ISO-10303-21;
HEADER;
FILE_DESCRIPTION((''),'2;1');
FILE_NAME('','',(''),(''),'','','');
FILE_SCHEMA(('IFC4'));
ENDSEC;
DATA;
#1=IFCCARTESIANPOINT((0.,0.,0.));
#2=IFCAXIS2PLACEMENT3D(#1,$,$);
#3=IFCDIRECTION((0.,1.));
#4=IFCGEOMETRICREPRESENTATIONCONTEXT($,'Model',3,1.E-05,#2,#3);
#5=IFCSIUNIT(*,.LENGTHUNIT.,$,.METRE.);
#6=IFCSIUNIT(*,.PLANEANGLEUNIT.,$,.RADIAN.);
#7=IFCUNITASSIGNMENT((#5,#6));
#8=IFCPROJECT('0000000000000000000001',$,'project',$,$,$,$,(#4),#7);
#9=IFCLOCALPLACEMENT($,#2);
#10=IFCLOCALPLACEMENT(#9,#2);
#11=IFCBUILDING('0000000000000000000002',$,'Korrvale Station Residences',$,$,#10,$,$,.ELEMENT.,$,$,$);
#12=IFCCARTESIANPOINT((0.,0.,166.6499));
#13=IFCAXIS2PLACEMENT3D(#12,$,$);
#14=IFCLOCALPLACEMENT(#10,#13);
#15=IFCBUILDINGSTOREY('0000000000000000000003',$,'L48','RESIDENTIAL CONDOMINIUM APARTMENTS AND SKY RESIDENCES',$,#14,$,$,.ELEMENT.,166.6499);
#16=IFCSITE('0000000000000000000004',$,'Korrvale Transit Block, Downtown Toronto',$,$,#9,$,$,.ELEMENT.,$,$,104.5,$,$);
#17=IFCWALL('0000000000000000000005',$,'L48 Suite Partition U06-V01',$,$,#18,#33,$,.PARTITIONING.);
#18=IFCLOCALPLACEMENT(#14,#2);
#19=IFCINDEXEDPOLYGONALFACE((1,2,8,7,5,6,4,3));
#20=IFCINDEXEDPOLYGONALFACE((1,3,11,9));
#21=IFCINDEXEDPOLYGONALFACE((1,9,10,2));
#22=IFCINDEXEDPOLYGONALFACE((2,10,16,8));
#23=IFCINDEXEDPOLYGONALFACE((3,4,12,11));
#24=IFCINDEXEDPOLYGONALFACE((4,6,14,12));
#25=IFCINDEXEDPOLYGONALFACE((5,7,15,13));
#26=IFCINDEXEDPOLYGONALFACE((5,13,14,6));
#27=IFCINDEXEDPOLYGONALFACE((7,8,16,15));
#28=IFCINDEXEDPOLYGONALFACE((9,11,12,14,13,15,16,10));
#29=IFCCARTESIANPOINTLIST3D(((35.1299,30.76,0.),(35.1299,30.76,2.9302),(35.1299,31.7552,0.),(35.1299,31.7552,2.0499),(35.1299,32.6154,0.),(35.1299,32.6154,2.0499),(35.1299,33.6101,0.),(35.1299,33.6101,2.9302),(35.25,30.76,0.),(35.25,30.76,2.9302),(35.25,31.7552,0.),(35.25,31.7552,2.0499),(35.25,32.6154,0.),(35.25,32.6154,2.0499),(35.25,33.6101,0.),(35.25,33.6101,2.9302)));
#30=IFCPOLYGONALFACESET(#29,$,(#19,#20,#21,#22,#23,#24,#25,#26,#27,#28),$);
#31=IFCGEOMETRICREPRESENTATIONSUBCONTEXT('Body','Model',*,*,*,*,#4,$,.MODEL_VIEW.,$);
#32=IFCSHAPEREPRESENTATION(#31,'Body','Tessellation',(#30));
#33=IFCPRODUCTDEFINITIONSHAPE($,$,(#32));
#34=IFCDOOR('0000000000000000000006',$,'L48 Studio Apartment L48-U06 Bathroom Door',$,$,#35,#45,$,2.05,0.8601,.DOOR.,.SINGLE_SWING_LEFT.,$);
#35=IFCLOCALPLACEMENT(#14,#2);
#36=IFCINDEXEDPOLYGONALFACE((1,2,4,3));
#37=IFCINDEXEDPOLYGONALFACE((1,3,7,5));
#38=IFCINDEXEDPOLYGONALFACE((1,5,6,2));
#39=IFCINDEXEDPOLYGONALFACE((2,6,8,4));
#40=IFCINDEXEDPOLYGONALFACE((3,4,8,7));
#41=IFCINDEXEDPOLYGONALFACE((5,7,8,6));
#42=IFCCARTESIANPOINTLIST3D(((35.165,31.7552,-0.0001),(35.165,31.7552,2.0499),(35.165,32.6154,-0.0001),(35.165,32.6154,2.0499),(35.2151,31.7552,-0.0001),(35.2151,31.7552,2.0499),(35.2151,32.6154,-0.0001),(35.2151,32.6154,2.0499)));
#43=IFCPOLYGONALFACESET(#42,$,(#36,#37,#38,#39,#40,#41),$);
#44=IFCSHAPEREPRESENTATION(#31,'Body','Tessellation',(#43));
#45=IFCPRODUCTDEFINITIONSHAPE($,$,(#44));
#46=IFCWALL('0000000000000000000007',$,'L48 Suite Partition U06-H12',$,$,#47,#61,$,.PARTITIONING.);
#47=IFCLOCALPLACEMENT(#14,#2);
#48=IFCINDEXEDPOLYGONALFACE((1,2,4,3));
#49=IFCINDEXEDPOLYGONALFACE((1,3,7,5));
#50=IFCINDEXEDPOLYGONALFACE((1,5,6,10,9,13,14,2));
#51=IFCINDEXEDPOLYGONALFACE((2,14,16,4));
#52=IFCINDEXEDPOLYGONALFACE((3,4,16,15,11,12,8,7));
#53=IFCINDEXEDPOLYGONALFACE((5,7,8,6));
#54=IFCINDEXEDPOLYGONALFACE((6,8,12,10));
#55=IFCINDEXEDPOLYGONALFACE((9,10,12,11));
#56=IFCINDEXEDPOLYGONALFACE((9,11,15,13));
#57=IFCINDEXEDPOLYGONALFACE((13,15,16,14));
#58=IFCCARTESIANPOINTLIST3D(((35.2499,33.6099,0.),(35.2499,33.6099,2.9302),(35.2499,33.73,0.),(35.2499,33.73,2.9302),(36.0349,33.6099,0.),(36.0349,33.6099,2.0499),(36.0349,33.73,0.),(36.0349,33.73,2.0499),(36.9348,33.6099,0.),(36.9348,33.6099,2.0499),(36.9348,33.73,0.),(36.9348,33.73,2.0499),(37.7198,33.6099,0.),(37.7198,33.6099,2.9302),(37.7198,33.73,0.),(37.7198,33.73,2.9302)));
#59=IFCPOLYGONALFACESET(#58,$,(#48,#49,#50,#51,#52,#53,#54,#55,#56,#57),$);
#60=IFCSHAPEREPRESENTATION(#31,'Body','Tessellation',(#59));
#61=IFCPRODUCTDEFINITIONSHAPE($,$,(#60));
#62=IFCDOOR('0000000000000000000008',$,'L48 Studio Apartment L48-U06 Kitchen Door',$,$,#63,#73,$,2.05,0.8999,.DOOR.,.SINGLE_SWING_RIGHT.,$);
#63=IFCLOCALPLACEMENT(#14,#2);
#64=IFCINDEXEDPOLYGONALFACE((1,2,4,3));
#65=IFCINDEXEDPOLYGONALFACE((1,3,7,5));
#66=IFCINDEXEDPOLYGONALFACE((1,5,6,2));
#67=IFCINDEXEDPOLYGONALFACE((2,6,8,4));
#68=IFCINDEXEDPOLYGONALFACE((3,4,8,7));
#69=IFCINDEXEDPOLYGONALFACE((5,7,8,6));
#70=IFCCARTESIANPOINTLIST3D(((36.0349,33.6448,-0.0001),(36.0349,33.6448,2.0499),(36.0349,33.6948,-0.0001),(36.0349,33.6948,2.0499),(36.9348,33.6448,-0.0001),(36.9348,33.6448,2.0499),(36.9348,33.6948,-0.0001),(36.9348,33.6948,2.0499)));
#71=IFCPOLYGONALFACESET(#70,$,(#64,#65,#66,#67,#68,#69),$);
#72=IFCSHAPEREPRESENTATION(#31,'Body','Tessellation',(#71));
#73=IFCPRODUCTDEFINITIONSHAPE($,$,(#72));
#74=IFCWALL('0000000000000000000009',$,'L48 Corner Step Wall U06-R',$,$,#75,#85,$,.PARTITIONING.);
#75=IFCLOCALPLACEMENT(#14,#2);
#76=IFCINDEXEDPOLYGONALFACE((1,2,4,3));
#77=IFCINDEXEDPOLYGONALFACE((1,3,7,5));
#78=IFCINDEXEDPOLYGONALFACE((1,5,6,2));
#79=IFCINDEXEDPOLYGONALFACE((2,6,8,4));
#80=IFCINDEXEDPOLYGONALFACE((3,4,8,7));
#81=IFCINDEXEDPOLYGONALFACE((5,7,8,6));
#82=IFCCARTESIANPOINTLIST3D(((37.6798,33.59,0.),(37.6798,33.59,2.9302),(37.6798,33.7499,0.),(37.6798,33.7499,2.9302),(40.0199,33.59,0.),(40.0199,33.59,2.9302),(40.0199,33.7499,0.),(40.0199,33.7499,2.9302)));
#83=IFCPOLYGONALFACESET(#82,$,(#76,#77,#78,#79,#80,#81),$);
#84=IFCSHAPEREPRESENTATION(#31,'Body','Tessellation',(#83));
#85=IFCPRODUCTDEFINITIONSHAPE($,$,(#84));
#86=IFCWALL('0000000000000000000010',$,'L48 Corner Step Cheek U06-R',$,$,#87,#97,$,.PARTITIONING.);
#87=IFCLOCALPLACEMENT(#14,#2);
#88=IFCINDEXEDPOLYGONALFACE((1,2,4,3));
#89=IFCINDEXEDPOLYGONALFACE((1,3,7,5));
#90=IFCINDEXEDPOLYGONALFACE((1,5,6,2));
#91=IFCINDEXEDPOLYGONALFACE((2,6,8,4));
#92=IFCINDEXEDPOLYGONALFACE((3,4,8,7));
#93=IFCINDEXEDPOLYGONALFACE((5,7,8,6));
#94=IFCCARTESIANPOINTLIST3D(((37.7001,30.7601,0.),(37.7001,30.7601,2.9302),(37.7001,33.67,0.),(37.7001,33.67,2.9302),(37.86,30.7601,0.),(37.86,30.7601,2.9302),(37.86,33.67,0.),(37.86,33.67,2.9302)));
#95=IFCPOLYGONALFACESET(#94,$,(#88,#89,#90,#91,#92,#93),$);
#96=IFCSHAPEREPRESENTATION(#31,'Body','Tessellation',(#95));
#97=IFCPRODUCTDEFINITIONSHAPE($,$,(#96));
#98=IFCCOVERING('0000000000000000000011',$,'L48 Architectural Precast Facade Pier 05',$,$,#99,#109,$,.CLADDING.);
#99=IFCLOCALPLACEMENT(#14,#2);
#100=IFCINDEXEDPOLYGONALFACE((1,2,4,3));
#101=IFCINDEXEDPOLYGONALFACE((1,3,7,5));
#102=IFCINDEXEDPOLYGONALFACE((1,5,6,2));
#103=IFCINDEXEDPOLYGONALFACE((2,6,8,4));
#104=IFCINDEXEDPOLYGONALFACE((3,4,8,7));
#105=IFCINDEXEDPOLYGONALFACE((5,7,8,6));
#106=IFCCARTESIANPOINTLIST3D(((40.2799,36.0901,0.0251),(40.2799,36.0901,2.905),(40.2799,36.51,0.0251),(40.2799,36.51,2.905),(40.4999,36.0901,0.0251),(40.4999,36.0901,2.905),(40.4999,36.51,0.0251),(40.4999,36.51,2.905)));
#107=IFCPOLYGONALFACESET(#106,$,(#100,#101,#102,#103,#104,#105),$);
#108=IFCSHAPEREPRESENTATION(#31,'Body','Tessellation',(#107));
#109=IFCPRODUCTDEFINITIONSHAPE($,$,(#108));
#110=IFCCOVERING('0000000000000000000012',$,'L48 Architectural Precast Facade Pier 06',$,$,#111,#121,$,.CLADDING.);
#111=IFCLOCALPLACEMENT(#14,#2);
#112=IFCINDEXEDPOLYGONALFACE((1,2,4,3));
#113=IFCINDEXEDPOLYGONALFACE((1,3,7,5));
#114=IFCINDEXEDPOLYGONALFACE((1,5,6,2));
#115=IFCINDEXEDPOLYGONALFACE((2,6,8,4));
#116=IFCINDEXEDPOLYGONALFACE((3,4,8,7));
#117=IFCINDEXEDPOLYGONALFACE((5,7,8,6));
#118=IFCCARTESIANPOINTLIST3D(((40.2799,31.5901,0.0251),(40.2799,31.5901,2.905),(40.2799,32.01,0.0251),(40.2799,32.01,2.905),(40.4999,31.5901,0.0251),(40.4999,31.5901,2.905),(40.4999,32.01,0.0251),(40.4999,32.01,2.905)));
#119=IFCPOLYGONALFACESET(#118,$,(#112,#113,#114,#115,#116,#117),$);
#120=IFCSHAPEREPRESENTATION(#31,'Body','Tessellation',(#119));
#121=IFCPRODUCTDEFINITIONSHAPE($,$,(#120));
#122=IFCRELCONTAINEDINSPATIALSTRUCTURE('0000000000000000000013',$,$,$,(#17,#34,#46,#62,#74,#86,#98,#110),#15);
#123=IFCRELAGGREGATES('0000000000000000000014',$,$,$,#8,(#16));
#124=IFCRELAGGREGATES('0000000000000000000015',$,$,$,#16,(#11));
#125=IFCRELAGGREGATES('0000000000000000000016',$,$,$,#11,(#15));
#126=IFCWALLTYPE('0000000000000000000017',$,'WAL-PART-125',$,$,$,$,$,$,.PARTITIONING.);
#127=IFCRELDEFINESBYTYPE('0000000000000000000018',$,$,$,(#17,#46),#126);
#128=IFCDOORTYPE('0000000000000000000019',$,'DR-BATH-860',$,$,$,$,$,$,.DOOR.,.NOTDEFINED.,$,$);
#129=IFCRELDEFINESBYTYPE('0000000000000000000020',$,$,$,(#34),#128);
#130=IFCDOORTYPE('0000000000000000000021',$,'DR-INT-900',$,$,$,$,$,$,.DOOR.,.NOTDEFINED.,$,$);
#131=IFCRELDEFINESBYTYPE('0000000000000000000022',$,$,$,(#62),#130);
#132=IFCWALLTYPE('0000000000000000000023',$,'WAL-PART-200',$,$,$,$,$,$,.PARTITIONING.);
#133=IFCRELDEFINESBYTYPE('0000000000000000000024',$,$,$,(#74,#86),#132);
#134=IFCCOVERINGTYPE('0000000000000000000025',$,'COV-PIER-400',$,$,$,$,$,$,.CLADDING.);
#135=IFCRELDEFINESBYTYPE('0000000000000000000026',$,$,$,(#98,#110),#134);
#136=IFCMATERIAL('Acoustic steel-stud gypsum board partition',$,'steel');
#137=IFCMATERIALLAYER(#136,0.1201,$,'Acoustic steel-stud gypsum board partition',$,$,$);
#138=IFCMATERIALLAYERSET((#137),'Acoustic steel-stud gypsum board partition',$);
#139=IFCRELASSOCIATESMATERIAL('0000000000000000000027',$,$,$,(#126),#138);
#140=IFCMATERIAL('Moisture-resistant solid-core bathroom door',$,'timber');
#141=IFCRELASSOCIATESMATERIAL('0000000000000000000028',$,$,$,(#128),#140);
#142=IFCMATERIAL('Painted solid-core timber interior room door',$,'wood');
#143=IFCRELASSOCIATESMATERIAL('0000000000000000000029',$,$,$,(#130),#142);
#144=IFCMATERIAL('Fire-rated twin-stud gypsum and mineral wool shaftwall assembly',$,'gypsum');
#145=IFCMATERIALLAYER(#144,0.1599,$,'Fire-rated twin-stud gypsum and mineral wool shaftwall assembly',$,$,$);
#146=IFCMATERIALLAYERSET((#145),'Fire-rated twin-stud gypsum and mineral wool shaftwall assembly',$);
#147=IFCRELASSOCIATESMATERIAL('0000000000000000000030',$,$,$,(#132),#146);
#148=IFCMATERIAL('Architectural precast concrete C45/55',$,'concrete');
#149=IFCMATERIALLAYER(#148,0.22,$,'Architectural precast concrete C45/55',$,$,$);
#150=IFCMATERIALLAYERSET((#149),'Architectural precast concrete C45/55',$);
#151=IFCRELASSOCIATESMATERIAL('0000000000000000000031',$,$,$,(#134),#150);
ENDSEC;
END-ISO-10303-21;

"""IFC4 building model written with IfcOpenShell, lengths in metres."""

from ifc_helpers import new_model, si_unit, direction, frame, frame_2d, origin, origin_2d, place, context, subcontext, project, spatial, rectangle, extrude, material, layer, layer_set, type_object, element, fill, save


model = new_model("IFC4")

# Units and contexts
model_context = context("Model", 3, precision=1e-05, world=origin(), true_north=direction((0.0, 1.0)))
body_context = subcontext(model_context, "Body", "Model", "MODEL_VIEW")
ifc_project = project(units=[si_unit("LENGTHUNIT", "METRE"), si_unit("PLANEANGLEUNIT", "RADIAN")], contexts=[model_context])

# Site, building, storey
site_placement = place(None, origin())
site = spatial("IfcSite", under=ifc_project, at=site_placement, Name="Korrvale Transit Block, Downtown Toronto", CompositionType="ELEMENT", RefElevation=104.5)
building_placement = place(site_placement, origin())
building = spatial("IfcBuilding", under=site, at=building_placement, Name="Korrvale Station Residences", CompositionType="ELEMENT")
storey_placement = place(building_placement, frame((0.0, 0.0, 166.6499)))
storey = spatial("IfcBuildingStorey", under=building, at=storey_placement, Name="L48", Description="RESIDENTIAL CONDOMINIUM APARTMENTS AND SKY RESIDENCES", CompositionType="ELEMENT", Elevation=166.6499)

# Walls, openings, doors
ifc_material_1 = material(Name="Acoustic steel-stud gypsum board partition", Category="steel")
ifc_layer_1 = layer(ifc_material_1, 0.1201, Name="Acoustic steel-stud gypsum board partition")
ifc_layer_set_1 = layer_set([ifc_layer_1], Name="Acoustic steel-stud gypsum board partition")
wall_type_1 = type_object("IfcWallType", Name="WAL-PART-125", PredefinedType="PARTITIONING", material=ifc_layer_set_1)
wall_1_placement = place(storey_placement, frame((35.1899, 30.76, 0.0), z_axis=(0.0, 0.0, 1.0), x_axis=(0.0, 1.0, 0.0)))
wall_1 = element("IfcWall", 1, at=wall_1_placement, inside=storey, type_object=wall_type_1, Name="L48 Suite Partition U06-V01", PredefinedType="PARTITIONING", context=body_context, shape_type="SweptSolid", body=[
    extrude(rectangle(XDim=2.8501, YDim=0.1201, at=frame_2d((1.425, 0.0))), origin(), (0.0, 0.0, 1.0), 2.9302),
])
opening_1_placement = place(wall_1_placement, frame((0.9951, 0.0, 0.0)))
opening_1 = element("IfcOpeningElement", 2, at=opening_1_placement, cuts=wall_1, PredefinedType="OPENING", context=body_context, shape_type="SweptSolid", body=[
    extrude(rectangle(XDim=0.8601, YDim=2.05, at=frame_2d((0.4302, 1.0249))), frame((0.0, 0.0701, 0.0), z_axis=(0.0, -1.0, 0.0), x_axis=(1.0, 0.0, 0.0)), (0.0, 0.0, 1.0), 0.1401),
])
ifc_material_2 = material(Name="Moisture-resistant solid-core bathroom door", Category="timber")
door_type_1 = type_object("IfcDoorType", Name="DR-BATH-860", OperationType="NOTDEFINED", PredefinedType="DOOR", material=ifc_material_2)
door_1_placement = place(opening_1_placement, origin())
door_1 = element("IfcDoor", 3, at=door_1_placement, inside=storey, type_object=door_type_1, Name="L48 Studio Apartment L48-U06 Bathroom Door", OperationType="SINGLE_SWING_LEFT", OverallHeight=2.05, OverallWidth=0.8601, PredefinedType="DOOR", context=body_context, shape_type="SweptSolid", body=[
    extrude(rectangle(XDim=0.8601, YDim=2.05, at=frame_2d((0.4302, 1.0249))), frame((0.0, 0.0249, 0.0), z_axis=(0.0, -1.0, 0.0), x_axis=(1.0, 0.0, 0.0)), (0.0, 0.0, 1.0), 0.05),
])
fill(opening_1, door_1)
wall_2_placement = place(storey_placement, frame((35.25, 33.6699, 0.0), z_axis=(0.0, 0.0, 1.0), x_axis=(1.0, 0.0, 0.0)))
wall_2 = element("IfcWall", 4, at=wall_2_placement, inside=storey, type_object=wall_type_1, Name="L48 Suite Partition U06-H12", PredefinedType="PARTITIONING", context=body_context, shape_type="SweptSolid", body=[
    extrude(rectangle(XDim=2.47, YDim=0.1201, at=frame_2d((1.2349, 0.0))), origin(), (0.0, 0.0, 1.0), 2.9302),
])
opening_2_placement = place(wall_2_placement, frame((0.7849, 0.0, 0.0)))
opening_2 = element("IfcOpeningElement", 5, at=opening_2_placement, cuts=wall_2, PredefinedType="OPENING", context=body_context, shape_type="SweptSolid", body=[
    extrude(rectangle(XDim=0.8999, YDim=2.05, at=frame_2d((0.45, 1.0249))), frame((0.0, 0.0701, 0.0), z_axis=(0.0, -1.0, 0.0), x_axis=(1.0, 0.0, 0.0)), (0.0, 0.0, 1.0), 0.1401),
])
ifc_material_3 = material(Name="Painted solid-core timber interior room door", Category="wood")
door_type_2 = type_object("IfcDoorType", Name="DR-INT-900", OperationType="NOTDEFINED", PredefinedType="DOOR", material=ifc_material_3)
door_2_placement = place(opening_2_placement, origin())
door_2 = element("IfcDoor", 6, at=door_2_placement, inside=storey, type_object=door_type_2, Name="L48 Studio Apartment L48-U06 Kitchen Door", OperationType="SINGLE_SWING_RIGHT", OverallHeight=2.05, OverallWidth=0.8999, PredefinedType="DOOR", context=body_context, shape_type="SweptSolid", body=[
    extrude(rectangle(XDim=0.8999, YDim=2.05, at=frame_2d((0.45, 1.0249))), frame((0.0, 0.0249, 0.0), z_axis=(0.0, -1.0, 0.0), x_axis=(1.0, 0.0, 0.0)), (0.0, 0.0, 1.0), 0.05),
])
fill(opening_2, door_2)

# Walls
ifc_material_4 = material(Name="Fire-rated twin-stud gypsum and mineral wool shaftwall assembly", Category="gypsum")
ifc_layer_2 = layer(ifc_material_4, 0.1599, Name="Fire-rated twin-stud gypsum and mineral wool shaftwall assembly")
ifc_layer_set_2 = layer_set([ifc_layer_2], Name="Fire-rated twin-stud gypsum and mineral wool shaftwall assembly")
wall_type_2 = type_object("IfcWallType", Name="WAL-PART-200", PredefinedType="PARTITIONING", material=ifc_layer_set_2)
wall_3_placement = place(storey_placement, frame((37.6799, 33.6699, 0.0), z_axis=(0.0, 0.0, 1.0), x_axis=(1.0, 0.0, 0.0)))
element("IfcWall", 7, at=wall_3_placement, inside=storey, type_object=wall_type_2, Name="L48 Corner Step Wall U06-R", PredefinedType="PARTITIONING", context=body_context, shape_type="SweptSolid", body=[
    extrude(rectangle(XDim=2.3401, YDim=0.1599, at=frame_2d((1.1699, 0.0))), origin(), (0.0, 0.0, 1.0), 2.9302),
])
wall_4_placement = place(storey_placement, frame((37.78, 30.76, 0.0), z_axis=(0.0, 0.0, 1.0), x_axis=(0.0, 1.0, 0.0)))
element("IfcWall", 8, at=wall_4_placement, inside=storey, type_object=wall_type_2, Name="L48 Corner Step Cheek U06-R", PredefinedType="PARTITIONING", context=body_context, shape_type="SweptSolid", body=[
    extrude(rectangle(XDim=2.9099, YDim=0.1599, at=frame_2d((1.4551, 0.0))), origin(), (0.0, 0.0, 1.0), 2.9302),
])

# Coverings
ifc_material_5 = material(Name="Architectural precast concrete C45/55", Category="concrete")
ifc_layer_3 = layer(ifc_material_5, 0.22, Name="Architectural precast concrete C45/55")
ifc_layer_set_3 = layer_set([ifc_layer_3], Name="Architectural precast concrete C45/55")
covering_type = type_object("IfcCoveringType", Name="COV-PIER-400", PredefinedType="CLADDING", material=ifc_layer_set_3)
for number, where, z_axis, x_axis, name in (
    (9, (40.3899, 36.3, 0.0251), (0.0, 0.0, 1.0), (0.0, 1.0, 0.0), "L48 Architectural Precast Facade Pier 05"),
    (10, (40.3899, 31.8, 0.0251), (0.0, 0.0, 1.0), (0.0, 1.0, 0.0), "L48 Architectural Precast Facade Pier 06"),
):
    element("IfcCovering", number, at=place(storey_placement, frame(where, z_axis=z_axis, x_axis=x_axis)), inside=storey, type_object=covering_type, Name=name, PredefinedType="CLADDING", context=body_context, shape_type="SweptSolid", body=[
        extrude(rectangle(XDim=0.4199, YDim=0.22, at=origin_2d()), origin(), (0.0, 0.0, 1.0), 2.8799),
    ])

save(model, "model.ifc")
